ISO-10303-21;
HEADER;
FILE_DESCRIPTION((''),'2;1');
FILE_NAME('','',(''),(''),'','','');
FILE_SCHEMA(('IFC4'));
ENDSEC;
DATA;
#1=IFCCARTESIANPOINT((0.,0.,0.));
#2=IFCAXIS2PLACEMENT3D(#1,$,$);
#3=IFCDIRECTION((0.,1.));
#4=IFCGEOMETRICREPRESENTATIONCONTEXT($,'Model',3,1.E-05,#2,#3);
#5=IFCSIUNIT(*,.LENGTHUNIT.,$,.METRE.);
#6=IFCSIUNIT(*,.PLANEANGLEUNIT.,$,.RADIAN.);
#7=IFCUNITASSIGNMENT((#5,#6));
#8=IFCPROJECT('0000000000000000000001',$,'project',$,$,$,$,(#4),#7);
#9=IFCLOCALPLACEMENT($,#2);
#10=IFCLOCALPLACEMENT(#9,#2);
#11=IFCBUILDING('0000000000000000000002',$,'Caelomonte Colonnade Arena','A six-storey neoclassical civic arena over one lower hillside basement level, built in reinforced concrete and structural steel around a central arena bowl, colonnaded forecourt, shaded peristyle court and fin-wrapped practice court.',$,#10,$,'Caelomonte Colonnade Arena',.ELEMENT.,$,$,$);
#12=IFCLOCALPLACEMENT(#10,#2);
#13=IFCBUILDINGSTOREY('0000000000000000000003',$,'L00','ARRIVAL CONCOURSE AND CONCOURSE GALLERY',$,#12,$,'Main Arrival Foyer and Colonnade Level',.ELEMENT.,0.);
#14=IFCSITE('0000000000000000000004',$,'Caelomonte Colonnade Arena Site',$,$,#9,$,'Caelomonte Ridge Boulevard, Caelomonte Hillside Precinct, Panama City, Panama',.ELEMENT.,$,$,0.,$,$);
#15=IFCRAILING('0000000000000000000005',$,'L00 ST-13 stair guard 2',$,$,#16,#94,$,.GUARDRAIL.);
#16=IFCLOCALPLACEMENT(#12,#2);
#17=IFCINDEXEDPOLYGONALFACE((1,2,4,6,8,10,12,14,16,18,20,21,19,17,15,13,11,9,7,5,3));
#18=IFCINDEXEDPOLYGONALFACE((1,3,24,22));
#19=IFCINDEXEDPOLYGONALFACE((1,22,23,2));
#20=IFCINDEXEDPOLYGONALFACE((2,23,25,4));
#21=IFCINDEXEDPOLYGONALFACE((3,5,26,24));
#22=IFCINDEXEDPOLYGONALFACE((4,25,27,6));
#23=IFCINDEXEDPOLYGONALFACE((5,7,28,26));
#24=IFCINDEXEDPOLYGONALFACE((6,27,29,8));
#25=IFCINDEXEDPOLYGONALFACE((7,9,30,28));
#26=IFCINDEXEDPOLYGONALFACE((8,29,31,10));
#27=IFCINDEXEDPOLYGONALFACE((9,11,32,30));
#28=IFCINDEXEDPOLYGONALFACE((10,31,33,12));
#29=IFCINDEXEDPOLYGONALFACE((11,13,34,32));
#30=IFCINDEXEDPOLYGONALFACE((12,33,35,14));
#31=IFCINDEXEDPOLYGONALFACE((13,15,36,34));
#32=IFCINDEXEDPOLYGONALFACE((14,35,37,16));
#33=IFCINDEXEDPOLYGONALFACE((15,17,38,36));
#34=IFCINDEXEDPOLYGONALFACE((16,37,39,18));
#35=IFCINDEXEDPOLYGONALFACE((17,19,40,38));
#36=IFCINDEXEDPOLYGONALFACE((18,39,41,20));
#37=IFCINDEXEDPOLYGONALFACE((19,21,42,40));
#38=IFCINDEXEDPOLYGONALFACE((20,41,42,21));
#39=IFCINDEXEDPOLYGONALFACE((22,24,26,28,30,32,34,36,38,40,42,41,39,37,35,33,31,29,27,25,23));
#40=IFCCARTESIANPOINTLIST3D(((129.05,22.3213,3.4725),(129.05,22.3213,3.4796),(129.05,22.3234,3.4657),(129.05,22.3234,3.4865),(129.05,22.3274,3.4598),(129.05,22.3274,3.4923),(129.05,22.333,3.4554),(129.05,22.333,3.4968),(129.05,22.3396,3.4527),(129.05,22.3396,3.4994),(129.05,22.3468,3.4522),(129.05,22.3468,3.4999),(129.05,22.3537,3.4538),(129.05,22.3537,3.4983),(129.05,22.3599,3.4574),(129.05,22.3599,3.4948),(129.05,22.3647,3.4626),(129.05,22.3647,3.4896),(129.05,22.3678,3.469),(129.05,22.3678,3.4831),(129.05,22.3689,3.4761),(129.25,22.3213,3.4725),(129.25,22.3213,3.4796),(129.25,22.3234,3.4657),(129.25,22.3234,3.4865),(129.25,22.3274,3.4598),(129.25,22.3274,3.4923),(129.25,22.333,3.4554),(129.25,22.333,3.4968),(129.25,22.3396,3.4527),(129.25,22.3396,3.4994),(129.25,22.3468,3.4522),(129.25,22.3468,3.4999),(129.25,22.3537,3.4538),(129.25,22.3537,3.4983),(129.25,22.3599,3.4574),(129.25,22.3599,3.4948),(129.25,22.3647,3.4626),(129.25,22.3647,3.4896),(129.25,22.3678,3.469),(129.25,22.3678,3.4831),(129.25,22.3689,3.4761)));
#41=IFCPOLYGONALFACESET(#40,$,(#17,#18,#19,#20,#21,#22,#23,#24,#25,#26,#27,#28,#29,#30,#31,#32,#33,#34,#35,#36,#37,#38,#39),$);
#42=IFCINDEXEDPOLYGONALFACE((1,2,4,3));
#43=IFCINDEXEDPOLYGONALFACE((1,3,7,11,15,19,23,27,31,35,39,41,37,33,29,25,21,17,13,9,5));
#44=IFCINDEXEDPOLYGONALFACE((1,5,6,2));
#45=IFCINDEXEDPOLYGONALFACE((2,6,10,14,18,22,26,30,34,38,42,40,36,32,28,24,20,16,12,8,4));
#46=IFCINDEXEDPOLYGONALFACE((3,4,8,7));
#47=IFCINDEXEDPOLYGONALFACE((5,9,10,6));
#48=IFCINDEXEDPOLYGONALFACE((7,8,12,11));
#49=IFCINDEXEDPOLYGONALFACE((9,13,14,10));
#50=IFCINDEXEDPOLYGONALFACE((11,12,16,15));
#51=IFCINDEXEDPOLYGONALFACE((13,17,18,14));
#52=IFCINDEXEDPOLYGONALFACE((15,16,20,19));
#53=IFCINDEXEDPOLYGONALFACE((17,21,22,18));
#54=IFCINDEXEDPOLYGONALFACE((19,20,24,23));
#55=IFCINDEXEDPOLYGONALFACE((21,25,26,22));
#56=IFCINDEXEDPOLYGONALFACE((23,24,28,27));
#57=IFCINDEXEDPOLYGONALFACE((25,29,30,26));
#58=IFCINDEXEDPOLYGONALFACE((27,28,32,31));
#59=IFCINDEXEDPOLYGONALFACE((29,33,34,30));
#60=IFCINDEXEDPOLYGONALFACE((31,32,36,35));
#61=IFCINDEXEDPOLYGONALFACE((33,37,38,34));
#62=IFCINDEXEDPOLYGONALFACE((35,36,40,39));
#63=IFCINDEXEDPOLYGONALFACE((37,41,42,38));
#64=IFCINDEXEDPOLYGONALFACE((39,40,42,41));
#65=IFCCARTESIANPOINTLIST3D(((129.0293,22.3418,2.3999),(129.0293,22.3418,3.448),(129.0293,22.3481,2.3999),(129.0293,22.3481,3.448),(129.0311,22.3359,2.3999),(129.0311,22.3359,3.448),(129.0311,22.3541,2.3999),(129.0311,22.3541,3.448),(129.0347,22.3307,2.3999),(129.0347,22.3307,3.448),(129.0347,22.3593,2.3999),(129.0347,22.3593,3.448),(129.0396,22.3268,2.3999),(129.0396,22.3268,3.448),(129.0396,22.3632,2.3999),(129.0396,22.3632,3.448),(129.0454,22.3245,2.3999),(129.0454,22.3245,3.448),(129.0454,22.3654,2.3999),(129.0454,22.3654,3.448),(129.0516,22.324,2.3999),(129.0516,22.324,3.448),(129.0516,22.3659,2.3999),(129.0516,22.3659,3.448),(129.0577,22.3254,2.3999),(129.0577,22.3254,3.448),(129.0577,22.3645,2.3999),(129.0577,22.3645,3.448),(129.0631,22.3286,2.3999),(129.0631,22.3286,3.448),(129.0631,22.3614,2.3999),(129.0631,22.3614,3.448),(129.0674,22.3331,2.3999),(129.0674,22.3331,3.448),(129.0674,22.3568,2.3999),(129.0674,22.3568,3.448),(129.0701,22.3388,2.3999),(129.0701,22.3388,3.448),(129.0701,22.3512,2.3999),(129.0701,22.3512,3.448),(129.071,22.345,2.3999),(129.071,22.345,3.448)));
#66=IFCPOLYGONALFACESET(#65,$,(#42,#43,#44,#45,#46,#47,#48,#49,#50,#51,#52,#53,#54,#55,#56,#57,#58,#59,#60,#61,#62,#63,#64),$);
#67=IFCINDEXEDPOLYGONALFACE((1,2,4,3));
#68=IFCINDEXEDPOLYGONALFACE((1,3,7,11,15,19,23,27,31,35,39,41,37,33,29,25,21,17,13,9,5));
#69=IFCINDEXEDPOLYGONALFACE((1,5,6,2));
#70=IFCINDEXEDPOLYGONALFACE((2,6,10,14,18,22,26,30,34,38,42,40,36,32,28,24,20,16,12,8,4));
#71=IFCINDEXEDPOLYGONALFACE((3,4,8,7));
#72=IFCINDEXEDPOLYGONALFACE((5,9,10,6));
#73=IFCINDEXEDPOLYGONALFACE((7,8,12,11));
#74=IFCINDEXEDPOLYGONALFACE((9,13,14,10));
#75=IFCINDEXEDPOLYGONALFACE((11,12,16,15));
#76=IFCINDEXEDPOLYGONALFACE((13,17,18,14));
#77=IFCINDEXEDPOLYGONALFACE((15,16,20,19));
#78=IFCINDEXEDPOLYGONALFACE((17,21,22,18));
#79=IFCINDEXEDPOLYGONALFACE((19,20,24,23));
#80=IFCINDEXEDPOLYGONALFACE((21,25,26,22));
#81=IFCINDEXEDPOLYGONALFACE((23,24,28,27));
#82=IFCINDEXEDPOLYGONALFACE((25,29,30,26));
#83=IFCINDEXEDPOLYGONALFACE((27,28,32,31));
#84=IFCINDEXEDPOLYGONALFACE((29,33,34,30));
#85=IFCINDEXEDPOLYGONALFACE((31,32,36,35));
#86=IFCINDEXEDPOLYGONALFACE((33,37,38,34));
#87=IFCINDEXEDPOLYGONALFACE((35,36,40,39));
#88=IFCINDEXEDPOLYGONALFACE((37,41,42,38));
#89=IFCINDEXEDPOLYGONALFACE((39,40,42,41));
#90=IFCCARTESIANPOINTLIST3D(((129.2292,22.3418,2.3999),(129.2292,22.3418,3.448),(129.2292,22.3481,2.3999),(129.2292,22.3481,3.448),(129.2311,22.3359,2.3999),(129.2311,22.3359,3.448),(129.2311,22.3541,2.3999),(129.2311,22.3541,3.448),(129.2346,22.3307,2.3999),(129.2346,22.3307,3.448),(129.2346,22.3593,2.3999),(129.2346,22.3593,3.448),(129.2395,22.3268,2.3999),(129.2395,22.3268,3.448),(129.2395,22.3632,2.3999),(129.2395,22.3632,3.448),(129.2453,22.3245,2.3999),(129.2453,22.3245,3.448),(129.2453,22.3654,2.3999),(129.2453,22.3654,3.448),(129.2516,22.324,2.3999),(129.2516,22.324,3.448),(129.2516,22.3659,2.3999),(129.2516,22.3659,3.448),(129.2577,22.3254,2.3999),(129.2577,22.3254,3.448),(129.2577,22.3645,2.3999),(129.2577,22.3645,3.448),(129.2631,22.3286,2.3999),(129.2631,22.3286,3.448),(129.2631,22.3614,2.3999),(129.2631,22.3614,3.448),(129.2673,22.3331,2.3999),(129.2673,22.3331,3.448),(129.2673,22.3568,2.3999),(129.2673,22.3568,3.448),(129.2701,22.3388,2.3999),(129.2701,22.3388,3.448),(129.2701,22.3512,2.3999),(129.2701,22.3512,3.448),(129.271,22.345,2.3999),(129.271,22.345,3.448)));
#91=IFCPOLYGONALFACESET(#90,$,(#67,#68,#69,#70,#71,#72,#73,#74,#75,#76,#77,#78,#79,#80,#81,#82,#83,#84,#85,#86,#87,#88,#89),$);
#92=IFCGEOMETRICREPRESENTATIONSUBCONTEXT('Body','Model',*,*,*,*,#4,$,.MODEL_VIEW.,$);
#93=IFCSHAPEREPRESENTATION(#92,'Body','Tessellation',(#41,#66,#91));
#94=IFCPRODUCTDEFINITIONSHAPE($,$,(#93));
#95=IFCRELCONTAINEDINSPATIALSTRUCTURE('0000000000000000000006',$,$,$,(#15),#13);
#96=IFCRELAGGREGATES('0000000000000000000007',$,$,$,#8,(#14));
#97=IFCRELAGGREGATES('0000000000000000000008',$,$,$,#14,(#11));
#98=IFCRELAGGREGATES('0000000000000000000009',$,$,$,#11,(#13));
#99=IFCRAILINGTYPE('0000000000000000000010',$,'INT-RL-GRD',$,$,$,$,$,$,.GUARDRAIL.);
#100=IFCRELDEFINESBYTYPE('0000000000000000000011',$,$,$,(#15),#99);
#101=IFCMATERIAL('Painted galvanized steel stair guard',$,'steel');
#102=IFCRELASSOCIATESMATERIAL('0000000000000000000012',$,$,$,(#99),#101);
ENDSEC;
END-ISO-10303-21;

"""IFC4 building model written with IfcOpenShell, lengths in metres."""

from ifc_helpers import new_model, si_unit, direction, frame, origin, origin_2d, place, context, subcontext, project, spatial, circle, extrude, material, type_object, element, save


model = new_model("IFC4")

# Units and contexts
model_context = context("Model", 3, precision=1e-05, world=origin(), true_north=direction((0.0, 1.0)))
body_context = subcontext(model_context, "Body", "Model", "MODEL_VIEW")
ifc_project = project(units=[si_unit("LENGTHUNIT", "METRE"), si_unit("PLANEANGLEUNIT", "RADIAN")], contexts=[model_context])

# Site, building, storey
site_placement = place(None, origin())
site = spatial("IfcSite", under=ifc_project, at=site_placement, Name="Caelomonte Colonnade Arena Site", LongName="Caelomonte Ridge Boulevard, Caelomonte Hillside Precinct, Panama City, Panama", CompositionType="ELEMENT", RefElevation=0.0)
building_placement = place(site_placement, origin())
building = spatial("IfcBuilding", under=site, at=building_placement, Name="Caelomonte Colonnade Arena", Description="A six-storey neoclassical civic arena over one lower hillside basement level, built in reinforced concrete and structural steel around a central arena bowl, colonnaded forecourt, shaded peristyle court and fin-wrapped practice court.", LongName="Caelomonte Colonnade Arena", CompositionType="ELEMENT")
storey_placement = place(building_placement, origin())
storey = spatial("IfcBuildingStorey", under=building, at=storey_placement, Name="L00", Description="ARRIVAL CONCOURSE AND CONCOURSE GALLERY", LongName="Main Arrival Foyer and Colonnade Level", CompositionType="ELEMENT", Elevation=0.0)

# Railing
ifc_material_1 = material(Name="Painted galvanized steel stair guard", Category="steel")
railing_type_1 = type_object("IfcRailingType", Name="INT-RL-GRD", PredefinedType="GUARDRAIL", material=ifc_material_1)
railing_1_placement = place(storey_placement, frame((129.05, 22.345, 2.3999)))
element("IfcRailing", 1, at=railing_1_placement, inside=storey, type_object=railing_type_1, Name="L00 ST-13 stair guard 2", PredefinedType="GUARDRAIL", context=body_context, shape_type="SweptSolid", body=[
    extrude(circle(Radius=0.0239, at=origin_2d()), frame((0.0, 0.0, 1.0762), z_axis=(1.0, 0.0, 0.0), x_axis=(0.0, 1.0, 0.0)), (0.0, 0.0, 1.0), 0.2),
    extrude(circle(Radius=0.021, at=origin_2d()), origin(), (0.0, 0.0, 1.0), 1.0481),
    extrude(circle(Radius=0.021, at=origin_2d()), frame((0.2, 0.0, 0.0)), (0.0, 0.0, 1.0), 1.0481),
])

save(model, "model.ifc")
